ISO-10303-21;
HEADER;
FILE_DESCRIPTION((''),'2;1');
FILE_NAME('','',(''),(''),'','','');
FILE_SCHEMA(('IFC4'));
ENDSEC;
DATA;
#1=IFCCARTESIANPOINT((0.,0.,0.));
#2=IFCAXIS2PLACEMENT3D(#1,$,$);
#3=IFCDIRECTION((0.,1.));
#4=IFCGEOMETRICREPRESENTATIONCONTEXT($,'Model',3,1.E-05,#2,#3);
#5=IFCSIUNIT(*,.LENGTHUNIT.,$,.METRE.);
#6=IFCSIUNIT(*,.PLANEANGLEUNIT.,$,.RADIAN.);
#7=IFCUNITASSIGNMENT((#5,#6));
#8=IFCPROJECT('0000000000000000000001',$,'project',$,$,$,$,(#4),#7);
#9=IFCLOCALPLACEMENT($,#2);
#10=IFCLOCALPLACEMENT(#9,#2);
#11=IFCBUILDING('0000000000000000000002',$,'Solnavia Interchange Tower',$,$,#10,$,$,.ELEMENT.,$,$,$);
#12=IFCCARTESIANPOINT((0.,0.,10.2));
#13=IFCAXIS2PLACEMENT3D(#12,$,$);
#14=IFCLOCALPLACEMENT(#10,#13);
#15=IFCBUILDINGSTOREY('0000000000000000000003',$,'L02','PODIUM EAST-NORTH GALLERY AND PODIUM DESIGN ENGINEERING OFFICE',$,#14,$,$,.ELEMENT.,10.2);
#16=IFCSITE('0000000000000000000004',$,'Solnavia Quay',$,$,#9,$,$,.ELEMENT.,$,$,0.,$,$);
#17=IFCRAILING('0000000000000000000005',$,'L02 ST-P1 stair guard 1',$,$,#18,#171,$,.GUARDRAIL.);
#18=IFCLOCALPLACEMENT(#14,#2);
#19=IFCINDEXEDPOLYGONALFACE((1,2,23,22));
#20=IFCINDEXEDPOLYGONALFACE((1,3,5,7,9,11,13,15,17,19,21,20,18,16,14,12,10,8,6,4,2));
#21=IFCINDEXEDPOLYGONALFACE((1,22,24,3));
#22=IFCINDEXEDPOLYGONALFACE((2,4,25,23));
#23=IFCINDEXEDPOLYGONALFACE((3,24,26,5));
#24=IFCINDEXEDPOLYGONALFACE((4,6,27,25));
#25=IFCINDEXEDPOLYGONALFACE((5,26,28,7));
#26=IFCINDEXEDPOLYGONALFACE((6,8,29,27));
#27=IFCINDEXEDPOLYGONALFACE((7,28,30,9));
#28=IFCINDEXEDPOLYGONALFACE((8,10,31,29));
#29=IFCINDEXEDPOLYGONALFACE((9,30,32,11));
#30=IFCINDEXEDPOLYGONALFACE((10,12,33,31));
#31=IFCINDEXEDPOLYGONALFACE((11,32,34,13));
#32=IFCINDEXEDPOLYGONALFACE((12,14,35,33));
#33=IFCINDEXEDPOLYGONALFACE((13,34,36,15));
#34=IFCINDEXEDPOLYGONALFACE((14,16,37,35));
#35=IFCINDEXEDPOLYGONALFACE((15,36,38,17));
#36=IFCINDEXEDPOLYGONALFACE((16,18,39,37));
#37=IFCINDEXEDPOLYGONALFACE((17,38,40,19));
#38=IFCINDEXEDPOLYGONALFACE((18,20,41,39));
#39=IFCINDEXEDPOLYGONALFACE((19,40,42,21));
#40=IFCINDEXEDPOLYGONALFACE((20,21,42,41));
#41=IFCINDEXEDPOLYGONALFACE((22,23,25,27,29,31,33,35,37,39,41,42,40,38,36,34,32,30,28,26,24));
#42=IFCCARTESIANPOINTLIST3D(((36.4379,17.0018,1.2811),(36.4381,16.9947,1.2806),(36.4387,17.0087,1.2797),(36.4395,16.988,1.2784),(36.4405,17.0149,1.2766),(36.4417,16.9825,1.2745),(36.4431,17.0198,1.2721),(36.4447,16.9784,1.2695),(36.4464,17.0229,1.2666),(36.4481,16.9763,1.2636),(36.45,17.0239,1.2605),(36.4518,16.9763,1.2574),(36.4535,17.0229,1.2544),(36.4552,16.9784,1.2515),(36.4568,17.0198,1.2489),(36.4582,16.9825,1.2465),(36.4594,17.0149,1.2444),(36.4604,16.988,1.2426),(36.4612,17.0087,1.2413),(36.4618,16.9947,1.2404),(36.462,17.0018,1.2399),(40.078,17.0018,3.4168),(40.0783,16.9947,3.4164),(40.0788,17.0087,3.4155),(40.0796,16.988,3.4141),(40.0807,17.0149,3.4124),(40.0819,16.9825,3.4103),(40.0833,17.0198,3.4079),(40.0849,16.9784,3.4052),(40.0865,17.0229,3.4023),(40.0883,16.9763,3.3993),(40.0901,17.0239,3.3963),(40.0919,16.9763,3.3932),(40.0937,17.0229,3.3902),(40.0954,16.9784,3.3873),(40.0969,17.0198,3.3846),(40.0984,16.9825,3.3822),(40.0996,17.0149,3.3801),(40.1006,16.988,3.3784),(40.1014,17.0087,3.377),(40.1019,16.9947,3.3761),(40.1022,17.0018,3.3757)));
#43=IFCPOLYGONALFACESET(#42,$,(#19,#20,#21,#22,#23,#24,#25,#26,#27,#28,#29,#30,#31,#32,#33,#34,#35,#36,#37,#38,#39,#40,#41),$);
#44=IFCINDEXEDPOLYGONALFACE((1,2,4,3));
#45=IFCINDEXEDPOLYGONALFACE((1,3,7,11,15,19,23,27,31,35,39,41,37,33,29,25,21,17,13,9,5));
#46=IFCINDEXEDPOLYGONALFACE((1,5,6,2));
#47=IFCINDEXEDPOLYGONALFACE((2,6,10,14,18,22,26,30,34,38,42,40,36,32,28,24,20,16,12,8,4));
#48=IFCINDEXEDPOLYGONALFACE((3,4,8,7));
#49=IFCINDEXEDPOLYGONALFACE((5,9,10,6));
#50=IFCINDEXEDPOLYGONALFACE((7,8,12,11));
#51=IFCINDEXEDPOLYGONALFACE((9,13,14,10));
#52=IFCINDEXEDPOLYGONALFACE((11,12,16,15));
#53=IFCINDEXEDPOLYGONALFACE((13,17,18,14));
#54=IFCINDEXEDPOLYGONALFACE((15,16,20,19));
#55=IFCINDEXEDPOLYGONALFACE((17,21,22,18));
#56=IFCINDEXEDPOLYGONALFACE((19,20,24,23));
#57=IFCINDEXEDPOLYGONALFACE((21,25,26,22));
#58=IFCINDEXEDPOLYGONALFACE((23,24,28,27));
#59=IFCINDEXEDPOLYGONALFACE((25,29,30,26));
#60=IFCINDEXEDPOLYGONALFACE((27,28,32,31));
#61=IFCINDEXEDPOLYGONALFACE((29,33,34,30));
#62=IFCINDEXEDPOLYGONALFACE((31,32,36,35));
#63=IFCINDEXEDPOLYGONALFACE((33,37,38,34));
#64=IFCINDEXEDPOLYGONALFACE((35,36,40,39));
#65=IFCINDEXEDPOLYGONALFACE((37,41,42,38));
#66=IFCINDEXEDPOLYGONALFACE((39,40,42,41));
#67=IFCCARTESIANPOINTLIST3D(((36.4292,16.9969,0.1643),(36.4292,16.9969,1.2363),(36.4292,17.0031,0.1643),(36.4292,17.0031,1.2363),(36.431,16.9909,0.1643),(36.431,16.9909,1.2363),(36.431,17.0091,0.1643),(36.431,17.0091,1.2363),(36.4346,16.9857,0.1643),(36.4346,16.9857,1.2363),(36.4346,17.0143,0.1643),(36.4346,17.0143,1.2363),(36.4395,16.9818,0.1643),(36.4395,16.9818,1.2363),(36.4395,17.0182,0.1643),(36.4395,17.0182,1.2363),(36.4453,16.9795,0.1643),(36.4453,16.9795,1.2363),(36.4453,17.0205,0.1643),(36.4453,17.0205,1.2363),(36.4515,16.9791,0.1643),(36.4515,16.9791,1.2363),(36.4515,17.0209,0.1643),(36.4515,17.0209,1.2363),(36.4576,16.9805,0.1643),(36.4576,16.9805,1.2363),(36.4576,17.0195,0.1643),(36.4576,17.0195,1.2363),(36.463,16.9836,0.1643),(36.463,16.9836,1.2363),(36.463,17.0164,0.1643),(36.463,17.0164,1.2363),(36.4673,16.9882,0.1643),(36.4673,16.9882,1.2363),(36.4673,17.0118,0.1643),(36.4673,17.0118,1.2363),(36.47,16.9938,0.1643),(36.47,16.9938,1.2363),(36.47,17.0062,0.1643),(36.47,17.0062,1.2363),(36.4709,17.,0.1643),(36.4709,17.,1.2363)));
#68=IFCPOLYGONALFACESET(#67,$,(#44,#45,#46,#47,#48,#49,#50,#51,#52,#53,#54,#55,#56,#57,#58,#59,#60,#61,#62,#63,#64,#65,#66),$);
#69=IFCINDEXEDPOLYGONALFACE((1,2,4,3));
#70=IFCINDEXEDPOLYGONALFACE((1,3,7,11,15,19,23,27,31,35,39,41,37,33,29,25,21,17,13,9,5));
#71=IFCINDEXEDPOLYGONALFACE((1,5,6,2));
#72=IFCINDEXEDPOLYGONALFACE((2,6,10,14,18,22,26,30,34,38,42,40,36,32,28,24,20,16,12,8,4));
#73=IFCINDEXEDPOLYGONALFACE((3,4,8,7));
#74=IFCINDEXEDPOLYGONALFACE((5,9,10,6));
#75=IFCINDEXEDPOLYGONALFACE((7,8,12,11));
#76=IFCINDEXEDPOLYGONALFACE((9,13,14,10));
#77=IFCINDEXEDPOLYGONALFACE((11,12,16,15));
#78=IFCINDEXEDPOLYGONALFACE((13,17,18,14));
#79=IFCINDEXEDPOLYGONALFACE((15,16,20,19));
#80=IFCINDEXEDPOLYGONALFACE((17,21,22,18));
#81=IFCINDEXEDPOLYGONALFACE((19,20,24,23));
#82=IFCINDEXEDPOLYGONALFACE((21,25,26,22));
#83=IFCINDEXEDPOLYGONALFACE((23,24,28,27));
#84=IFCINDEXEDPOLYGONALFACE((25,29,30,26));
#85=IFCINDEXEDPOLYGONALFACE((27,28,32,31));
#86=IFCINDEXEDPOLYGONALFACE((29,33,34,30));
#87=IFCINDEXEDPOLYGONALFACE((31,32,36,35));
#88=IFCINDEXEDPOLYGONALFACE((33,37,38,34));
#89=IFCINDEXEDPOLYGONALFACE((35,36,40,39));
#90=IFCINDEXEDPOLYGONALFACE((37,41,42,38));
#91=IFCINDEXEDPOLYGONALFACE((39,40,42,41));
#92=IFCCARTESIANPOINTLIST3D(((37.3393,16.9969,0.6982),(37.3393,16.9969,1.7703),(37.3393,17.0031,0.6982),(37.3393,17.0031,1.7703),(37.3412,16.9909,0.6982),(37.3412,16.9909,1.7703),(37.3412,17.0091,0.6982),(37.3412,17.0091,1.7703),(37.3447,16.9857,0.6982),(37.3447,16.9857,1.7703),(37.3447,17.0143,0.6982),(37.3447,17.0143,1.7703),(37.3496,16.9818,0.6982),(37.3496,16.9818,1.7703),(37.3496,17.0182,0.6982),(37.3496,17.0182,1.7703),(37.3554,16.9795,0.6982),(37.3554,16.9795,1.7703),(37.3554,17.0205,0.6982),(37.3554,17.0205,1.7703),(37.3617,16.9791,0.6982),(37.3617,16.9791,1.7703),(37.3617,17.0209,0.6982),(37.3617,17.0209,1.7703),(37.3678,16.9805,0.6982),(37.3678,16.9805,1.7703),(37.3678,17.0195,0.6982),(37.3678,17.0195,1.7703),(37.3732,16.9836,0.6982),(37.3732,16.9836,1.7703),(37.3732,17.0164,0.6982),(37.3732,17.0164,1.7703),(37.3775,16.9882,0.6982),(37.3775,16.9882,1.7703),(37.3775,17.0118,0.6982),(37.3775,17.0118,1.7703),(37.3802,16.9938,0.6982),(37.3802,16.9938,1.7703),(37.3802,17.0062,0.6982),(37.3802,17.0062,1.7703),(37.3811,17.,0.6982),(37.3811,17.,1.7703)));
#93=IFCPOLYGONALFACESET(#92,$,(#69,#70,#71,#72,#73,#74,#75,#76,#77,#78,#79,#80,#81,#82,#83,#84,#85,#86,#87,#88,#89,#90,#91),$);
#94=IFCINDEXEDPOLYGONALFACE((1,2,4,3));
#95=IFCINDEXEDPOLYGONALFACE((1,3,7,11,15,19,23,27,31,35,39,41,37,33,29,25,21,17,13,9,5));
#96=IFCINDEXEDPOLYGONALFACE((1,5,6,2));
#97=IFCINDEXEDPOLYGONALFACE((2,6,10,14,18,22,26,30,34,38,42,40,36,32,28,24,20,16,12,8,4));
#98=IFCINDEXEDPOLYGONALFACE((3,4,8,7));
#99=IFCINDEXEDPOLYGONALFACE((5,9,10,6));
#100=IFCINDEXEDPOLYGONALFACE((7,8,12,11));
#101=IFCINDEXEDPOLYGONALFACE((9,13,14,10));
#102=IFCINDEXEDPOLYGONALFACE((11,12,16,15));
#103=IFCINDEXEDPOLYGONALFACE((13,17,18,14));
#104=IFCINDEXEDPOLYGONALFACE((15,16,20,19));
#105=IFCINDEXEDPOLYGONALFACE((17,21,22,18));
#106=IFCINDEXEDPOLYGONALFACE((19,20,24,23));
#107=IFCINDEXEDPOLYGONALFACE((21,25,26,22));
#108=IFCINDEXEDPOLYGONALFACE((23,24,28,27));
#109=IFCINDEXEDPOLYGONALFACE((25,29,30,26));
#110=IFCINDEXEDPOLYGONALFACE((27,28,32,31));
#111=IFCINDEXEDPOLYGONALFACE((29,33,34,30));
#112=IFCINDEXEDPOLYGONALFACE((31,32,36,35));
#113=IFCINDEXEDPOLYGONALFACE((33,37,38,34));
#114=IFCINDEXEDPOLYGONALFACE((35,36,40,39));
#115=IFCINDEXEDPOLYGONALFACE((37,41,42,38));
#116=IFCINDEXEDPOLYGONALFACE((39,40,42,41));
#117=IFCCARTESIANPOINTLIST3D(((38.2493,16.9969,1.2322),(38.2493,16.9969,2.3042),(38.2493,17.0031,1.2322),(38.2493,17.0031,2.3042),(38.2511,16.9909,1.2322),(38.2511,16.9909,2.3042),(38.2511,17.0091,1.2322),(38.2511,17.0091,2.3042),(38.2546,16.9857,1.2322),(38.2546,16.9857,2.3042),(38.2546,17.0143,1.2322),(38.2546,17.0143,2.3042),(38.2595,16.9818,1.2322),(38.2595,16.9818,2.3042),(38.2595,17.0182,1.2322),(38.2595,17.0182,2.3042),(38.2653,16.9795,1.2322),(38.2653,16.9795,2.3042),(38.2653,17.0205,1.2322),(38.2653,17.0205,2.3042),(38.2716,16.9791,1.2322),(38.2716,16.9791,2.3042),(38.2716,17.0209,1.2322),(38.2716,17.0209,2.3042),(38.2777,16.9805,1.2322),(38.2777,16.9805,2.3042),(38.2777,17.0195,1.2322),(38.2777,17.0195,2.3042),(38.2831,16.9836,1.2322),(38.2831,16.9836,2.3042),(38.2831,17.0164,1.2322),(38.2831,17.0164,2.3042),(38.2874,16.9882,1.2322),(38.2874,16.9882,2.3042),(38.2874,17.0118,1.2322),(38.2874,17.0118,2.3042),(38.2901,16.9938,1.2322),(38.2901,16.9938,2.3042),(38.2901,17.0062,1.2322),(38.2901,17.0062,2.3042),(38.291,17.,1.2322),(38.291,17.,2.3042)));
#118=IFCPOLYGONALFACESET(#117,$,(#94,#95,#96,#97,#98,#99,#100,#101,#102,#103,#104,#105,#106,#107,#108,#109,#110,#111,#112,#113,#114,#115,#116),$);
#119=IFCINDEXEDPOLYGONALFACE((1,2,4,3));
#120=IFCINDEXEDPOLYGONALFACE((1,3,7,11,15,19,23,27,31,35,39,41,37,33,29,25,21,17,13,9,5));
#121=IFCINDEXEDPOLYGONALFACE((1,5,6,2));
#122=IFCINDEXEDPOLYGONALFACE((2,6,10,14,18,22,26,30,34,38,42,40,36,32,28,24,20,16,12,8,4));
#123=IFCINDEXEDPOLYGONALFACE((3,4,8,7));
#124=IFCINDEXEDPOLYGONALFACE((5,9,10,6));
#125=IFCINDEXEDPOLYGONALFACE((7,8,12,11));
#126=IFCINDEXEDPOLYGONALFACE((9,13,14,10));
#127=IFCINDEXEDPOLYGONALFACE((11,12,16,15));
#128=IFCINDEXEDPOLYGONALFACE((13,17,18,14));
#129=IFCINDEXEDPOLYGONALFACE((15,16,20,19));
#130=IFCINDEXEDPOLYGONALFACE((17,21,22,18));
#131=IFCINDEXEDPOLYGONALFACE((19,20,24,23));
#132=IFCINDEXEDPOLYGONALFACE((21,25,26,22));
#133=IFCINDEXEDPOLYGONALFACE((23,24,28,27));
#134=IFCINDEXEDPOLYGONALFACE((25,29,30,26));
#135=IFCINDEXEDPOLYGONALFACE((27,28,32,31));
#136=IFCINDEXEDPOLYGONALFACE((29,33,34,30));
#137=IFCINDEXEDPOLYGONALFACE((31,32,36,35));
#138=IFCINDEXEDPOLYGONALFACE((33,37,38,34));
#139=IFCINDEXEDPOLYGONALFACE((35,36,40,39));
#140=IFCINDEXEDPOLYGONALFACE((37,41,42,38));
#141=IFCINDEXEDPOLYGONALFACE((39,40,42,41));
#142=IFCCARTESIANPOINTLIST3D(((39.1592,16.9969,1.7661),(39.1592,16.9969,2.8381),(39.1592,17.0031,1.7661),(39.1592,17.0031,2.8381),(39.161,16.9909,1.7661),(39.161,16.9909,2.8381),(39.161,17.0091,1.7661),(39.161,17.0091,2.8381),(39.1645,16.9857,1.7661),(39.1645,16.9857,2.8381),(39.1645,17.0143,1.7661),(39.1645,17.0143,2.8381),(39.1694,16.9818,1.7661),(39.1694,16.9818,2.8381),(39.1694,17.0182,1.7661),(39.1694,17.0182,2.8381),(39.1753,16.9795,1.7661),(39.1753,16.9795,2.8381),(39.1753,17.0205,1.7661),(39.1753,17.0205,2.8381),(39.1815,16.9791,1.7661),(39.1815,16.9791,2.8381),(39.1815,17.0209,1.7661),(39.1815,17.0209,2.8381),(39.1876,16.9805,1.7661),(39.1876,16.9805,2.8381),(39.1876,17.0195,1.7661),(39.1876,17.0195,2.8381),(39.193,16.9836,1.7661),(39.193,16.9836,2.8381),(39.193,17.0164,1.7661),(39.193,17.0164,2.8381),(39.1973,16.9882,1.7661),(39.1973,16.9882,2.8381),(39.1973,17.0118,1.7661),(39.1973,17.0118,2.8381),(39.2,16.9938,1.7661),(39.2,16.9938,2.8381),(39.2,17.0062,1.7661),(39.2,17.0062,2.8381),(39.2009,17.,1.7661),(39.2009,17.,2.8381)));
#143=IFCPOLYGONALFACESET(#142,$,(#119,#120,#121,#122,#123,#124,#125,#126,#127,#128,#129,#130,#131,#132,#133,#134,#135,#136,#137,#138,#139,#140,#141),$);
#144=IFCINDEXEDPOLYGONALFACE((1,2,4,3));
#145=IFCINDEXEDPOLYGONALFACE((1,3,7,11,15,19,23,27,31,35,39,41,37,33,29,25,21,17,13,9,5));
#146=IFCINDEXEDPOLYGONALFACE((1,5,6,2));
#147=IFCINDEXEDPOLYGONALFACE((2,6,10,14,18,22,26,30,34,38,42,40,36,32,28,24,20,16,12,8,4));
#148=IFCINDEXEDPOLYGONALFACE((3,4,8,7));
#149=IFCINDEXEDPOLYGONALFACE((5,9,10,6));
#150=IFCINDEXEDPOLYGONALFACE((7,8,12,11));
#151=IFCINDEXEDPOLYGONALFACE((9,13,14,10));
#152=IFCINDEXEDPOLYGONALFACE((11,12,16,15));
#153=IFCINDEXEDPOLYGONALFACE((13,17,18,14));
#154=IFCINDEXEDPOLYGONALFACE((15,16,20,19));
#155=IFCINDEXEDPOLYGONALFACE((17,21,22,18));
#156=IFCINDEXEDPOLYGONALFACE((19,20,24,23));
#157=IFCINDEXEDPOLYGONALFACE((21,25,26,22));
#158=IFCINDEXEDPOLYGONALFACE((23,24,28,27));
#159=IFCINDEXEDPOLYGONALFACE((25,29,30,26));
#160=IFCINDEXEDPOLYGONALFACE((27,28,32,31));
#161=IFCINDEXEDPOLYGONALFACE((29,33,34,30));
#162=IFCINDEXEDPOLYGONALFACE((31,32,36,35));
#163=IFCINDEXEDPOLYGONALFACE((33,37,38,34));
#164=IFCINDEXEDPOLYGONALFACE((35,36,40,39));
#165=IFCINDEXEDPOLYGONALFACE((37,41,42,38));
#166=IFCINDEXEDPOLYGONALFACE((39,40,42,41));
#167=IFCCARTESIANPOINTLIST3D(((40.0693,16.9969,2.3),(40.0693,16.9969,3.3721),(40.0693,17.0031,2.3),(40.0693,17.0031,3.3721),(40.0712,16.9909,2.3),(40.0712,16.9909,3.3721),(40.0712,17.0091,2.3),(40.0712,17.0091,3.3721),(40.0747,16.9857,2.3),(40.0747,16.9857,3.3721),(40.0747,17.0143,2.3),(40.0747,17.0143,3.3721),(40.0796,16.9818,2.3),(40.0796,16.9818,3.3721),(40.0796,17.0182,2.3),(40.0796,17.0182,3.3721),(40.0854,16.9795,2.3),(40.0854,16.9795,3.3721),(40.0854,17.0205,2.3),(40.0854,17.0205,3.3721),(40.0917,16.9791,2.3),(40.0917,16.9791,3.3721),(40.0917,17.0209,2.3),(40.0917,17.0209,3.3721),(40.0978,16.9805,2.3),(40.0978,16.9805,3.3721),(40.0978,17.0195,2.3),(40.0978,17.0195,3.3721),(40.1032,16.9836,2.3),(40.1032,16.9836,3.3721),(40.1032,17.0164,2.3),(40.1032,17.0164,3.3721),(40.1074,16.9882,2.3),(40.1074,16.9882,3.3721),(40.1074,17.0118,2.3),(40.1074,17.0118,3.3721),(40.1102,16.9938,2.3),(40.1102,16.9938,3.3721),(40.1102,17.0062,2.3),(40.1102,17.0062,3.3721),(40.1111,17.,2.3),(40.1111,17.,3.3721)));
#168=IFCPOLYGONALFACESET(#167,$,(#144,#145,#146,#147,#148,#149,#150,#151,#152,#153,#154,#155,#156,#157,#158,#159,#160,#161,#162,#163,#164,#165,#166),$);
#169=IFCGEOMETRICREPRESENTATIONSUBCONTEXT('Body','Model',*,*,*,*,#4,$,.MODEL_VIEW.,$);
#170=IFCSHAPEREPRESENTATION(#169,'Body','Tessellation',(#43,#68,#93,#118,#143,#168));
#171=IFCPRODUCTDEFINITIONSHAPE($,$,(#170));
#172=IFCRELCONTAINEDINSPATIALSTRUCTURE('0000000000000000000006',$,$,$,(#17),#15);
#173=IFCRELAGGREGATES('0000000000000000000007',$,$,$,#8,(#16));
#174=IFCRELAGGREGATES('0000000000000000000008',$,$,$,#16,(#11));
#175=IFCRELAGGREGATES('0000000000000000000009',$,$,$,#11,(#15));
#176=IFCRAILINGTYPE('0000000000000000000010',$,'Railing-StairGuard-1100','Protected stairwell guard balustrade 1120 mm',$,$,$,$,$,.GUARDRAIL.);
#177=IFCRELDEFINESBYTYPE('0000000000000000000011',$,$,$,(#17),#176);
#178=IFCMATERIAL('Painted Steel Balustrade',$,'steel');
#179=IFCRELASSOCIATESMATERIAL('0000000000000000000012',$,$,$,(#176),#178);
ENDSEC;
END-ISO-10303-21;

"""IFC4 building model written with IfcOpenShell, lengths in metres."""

from ifc_helpers import new_model, si_unit, direction, frame, origin, origin_2d, place, context, subcontext, project, spatial, circle, extrude, material, type_object, element, save


model = new_model("IFC4")

# Units and contexts
model_context = context("Model", 3, precision=1e-05, world=origin(), true_north=direction((0.0, 1.0)))
body_context = subcontext(model_context, "Body", "Model", "MODEL_VIEW")
ifc_project = project(units=[si_unit("LENGTHUNIT", "METRE"), si_unit("PLANEANGLEUNIT", "RADIAN")], contexts=[model_context])

# Site, building, storey
site_placement = place(None, origin())
site = spatial("IfcSite", under=ifc_project, at=site_placement, Name="Solnavia Quay", CompositionType="ELEMENT", RefElevation=0.0)
building_placement = place(site_placement, origin())
building = spatial("IfcBuilding", under=site, at=building_placement, Name="Solnavia Interchange Tower", CompositionType="ELEMENT")
storey_placement = place(building_placement, frame((0.0, 0.0, 10.2)))
storey = spatial("IfcBuildingStorey", under=building, at=storey_placement, Name="L02", Description="PODIUM EAST-NORTH GALLERY AND PODIUM DESIGN ENGINEERING OFFICE", CompositionType="ELEMENT", Elevation=10.2)

# Railing
ifc_material_1 = material(Name="Painted Steel Balustrade", Category="steel")
railing_type_1 = type_object("IfcRailingType", Name="Railing-StairGuard-1100", Description="Protected stairwell guard balustrade 1120 mm", PredefinedType="GUARDRAIL", material=ifc_material_1)
railing_1_placement = place(storey_placement, frame((36.45, 17.0, 0.1643)))
element("IfcRailing", 1, at=railing_1_placement, inside=storey, type_object=railing_type_1, Name="L02 ST-P1 stair guard 1", PredefinedType="GUARDRAIL", context=body_context, shape_type="SweptSolid", body=[
    extrude(circle(Radius=0.0239, at=origin_2d()), frame((0.0, 0.0, 1.0962), z_axis=(0.862505, 0.0, 0.506049), x_axis=(0.0, 1.0, 0.0)), (0.0, 0.0, 1.0), 4.2205),
    extrude(circle(Radius=0.021, at=origin_2d()), origin(), (0.0, 0.0, 1.0), 1.072),
    extrude(circle(Radius=0.021, at=origin_2d()), frame((0.9102, 0.0, 0.5339)), (0.0, 0.0, 1.0), 1.072),
    extrude(circle(Radius=0.021, at=origin_2d()), frame((1.8201, 0.0, 1.0679)), (0.0, 0.0, 1.0), 1.072),
    extrude(circle(Radius=0.021, at=origin_2d()), frame((2.73, 0.0, 1.6018)), (0.0, 0.0, 1.0), 1.072),
    extrude(circle(Radius=0.021, at=origin_2d()), frame((3.6401, 0.0, 2.1357)), (0.0, 0.0, 1.0), 1.072),
])

save(model, "model.ifc")
